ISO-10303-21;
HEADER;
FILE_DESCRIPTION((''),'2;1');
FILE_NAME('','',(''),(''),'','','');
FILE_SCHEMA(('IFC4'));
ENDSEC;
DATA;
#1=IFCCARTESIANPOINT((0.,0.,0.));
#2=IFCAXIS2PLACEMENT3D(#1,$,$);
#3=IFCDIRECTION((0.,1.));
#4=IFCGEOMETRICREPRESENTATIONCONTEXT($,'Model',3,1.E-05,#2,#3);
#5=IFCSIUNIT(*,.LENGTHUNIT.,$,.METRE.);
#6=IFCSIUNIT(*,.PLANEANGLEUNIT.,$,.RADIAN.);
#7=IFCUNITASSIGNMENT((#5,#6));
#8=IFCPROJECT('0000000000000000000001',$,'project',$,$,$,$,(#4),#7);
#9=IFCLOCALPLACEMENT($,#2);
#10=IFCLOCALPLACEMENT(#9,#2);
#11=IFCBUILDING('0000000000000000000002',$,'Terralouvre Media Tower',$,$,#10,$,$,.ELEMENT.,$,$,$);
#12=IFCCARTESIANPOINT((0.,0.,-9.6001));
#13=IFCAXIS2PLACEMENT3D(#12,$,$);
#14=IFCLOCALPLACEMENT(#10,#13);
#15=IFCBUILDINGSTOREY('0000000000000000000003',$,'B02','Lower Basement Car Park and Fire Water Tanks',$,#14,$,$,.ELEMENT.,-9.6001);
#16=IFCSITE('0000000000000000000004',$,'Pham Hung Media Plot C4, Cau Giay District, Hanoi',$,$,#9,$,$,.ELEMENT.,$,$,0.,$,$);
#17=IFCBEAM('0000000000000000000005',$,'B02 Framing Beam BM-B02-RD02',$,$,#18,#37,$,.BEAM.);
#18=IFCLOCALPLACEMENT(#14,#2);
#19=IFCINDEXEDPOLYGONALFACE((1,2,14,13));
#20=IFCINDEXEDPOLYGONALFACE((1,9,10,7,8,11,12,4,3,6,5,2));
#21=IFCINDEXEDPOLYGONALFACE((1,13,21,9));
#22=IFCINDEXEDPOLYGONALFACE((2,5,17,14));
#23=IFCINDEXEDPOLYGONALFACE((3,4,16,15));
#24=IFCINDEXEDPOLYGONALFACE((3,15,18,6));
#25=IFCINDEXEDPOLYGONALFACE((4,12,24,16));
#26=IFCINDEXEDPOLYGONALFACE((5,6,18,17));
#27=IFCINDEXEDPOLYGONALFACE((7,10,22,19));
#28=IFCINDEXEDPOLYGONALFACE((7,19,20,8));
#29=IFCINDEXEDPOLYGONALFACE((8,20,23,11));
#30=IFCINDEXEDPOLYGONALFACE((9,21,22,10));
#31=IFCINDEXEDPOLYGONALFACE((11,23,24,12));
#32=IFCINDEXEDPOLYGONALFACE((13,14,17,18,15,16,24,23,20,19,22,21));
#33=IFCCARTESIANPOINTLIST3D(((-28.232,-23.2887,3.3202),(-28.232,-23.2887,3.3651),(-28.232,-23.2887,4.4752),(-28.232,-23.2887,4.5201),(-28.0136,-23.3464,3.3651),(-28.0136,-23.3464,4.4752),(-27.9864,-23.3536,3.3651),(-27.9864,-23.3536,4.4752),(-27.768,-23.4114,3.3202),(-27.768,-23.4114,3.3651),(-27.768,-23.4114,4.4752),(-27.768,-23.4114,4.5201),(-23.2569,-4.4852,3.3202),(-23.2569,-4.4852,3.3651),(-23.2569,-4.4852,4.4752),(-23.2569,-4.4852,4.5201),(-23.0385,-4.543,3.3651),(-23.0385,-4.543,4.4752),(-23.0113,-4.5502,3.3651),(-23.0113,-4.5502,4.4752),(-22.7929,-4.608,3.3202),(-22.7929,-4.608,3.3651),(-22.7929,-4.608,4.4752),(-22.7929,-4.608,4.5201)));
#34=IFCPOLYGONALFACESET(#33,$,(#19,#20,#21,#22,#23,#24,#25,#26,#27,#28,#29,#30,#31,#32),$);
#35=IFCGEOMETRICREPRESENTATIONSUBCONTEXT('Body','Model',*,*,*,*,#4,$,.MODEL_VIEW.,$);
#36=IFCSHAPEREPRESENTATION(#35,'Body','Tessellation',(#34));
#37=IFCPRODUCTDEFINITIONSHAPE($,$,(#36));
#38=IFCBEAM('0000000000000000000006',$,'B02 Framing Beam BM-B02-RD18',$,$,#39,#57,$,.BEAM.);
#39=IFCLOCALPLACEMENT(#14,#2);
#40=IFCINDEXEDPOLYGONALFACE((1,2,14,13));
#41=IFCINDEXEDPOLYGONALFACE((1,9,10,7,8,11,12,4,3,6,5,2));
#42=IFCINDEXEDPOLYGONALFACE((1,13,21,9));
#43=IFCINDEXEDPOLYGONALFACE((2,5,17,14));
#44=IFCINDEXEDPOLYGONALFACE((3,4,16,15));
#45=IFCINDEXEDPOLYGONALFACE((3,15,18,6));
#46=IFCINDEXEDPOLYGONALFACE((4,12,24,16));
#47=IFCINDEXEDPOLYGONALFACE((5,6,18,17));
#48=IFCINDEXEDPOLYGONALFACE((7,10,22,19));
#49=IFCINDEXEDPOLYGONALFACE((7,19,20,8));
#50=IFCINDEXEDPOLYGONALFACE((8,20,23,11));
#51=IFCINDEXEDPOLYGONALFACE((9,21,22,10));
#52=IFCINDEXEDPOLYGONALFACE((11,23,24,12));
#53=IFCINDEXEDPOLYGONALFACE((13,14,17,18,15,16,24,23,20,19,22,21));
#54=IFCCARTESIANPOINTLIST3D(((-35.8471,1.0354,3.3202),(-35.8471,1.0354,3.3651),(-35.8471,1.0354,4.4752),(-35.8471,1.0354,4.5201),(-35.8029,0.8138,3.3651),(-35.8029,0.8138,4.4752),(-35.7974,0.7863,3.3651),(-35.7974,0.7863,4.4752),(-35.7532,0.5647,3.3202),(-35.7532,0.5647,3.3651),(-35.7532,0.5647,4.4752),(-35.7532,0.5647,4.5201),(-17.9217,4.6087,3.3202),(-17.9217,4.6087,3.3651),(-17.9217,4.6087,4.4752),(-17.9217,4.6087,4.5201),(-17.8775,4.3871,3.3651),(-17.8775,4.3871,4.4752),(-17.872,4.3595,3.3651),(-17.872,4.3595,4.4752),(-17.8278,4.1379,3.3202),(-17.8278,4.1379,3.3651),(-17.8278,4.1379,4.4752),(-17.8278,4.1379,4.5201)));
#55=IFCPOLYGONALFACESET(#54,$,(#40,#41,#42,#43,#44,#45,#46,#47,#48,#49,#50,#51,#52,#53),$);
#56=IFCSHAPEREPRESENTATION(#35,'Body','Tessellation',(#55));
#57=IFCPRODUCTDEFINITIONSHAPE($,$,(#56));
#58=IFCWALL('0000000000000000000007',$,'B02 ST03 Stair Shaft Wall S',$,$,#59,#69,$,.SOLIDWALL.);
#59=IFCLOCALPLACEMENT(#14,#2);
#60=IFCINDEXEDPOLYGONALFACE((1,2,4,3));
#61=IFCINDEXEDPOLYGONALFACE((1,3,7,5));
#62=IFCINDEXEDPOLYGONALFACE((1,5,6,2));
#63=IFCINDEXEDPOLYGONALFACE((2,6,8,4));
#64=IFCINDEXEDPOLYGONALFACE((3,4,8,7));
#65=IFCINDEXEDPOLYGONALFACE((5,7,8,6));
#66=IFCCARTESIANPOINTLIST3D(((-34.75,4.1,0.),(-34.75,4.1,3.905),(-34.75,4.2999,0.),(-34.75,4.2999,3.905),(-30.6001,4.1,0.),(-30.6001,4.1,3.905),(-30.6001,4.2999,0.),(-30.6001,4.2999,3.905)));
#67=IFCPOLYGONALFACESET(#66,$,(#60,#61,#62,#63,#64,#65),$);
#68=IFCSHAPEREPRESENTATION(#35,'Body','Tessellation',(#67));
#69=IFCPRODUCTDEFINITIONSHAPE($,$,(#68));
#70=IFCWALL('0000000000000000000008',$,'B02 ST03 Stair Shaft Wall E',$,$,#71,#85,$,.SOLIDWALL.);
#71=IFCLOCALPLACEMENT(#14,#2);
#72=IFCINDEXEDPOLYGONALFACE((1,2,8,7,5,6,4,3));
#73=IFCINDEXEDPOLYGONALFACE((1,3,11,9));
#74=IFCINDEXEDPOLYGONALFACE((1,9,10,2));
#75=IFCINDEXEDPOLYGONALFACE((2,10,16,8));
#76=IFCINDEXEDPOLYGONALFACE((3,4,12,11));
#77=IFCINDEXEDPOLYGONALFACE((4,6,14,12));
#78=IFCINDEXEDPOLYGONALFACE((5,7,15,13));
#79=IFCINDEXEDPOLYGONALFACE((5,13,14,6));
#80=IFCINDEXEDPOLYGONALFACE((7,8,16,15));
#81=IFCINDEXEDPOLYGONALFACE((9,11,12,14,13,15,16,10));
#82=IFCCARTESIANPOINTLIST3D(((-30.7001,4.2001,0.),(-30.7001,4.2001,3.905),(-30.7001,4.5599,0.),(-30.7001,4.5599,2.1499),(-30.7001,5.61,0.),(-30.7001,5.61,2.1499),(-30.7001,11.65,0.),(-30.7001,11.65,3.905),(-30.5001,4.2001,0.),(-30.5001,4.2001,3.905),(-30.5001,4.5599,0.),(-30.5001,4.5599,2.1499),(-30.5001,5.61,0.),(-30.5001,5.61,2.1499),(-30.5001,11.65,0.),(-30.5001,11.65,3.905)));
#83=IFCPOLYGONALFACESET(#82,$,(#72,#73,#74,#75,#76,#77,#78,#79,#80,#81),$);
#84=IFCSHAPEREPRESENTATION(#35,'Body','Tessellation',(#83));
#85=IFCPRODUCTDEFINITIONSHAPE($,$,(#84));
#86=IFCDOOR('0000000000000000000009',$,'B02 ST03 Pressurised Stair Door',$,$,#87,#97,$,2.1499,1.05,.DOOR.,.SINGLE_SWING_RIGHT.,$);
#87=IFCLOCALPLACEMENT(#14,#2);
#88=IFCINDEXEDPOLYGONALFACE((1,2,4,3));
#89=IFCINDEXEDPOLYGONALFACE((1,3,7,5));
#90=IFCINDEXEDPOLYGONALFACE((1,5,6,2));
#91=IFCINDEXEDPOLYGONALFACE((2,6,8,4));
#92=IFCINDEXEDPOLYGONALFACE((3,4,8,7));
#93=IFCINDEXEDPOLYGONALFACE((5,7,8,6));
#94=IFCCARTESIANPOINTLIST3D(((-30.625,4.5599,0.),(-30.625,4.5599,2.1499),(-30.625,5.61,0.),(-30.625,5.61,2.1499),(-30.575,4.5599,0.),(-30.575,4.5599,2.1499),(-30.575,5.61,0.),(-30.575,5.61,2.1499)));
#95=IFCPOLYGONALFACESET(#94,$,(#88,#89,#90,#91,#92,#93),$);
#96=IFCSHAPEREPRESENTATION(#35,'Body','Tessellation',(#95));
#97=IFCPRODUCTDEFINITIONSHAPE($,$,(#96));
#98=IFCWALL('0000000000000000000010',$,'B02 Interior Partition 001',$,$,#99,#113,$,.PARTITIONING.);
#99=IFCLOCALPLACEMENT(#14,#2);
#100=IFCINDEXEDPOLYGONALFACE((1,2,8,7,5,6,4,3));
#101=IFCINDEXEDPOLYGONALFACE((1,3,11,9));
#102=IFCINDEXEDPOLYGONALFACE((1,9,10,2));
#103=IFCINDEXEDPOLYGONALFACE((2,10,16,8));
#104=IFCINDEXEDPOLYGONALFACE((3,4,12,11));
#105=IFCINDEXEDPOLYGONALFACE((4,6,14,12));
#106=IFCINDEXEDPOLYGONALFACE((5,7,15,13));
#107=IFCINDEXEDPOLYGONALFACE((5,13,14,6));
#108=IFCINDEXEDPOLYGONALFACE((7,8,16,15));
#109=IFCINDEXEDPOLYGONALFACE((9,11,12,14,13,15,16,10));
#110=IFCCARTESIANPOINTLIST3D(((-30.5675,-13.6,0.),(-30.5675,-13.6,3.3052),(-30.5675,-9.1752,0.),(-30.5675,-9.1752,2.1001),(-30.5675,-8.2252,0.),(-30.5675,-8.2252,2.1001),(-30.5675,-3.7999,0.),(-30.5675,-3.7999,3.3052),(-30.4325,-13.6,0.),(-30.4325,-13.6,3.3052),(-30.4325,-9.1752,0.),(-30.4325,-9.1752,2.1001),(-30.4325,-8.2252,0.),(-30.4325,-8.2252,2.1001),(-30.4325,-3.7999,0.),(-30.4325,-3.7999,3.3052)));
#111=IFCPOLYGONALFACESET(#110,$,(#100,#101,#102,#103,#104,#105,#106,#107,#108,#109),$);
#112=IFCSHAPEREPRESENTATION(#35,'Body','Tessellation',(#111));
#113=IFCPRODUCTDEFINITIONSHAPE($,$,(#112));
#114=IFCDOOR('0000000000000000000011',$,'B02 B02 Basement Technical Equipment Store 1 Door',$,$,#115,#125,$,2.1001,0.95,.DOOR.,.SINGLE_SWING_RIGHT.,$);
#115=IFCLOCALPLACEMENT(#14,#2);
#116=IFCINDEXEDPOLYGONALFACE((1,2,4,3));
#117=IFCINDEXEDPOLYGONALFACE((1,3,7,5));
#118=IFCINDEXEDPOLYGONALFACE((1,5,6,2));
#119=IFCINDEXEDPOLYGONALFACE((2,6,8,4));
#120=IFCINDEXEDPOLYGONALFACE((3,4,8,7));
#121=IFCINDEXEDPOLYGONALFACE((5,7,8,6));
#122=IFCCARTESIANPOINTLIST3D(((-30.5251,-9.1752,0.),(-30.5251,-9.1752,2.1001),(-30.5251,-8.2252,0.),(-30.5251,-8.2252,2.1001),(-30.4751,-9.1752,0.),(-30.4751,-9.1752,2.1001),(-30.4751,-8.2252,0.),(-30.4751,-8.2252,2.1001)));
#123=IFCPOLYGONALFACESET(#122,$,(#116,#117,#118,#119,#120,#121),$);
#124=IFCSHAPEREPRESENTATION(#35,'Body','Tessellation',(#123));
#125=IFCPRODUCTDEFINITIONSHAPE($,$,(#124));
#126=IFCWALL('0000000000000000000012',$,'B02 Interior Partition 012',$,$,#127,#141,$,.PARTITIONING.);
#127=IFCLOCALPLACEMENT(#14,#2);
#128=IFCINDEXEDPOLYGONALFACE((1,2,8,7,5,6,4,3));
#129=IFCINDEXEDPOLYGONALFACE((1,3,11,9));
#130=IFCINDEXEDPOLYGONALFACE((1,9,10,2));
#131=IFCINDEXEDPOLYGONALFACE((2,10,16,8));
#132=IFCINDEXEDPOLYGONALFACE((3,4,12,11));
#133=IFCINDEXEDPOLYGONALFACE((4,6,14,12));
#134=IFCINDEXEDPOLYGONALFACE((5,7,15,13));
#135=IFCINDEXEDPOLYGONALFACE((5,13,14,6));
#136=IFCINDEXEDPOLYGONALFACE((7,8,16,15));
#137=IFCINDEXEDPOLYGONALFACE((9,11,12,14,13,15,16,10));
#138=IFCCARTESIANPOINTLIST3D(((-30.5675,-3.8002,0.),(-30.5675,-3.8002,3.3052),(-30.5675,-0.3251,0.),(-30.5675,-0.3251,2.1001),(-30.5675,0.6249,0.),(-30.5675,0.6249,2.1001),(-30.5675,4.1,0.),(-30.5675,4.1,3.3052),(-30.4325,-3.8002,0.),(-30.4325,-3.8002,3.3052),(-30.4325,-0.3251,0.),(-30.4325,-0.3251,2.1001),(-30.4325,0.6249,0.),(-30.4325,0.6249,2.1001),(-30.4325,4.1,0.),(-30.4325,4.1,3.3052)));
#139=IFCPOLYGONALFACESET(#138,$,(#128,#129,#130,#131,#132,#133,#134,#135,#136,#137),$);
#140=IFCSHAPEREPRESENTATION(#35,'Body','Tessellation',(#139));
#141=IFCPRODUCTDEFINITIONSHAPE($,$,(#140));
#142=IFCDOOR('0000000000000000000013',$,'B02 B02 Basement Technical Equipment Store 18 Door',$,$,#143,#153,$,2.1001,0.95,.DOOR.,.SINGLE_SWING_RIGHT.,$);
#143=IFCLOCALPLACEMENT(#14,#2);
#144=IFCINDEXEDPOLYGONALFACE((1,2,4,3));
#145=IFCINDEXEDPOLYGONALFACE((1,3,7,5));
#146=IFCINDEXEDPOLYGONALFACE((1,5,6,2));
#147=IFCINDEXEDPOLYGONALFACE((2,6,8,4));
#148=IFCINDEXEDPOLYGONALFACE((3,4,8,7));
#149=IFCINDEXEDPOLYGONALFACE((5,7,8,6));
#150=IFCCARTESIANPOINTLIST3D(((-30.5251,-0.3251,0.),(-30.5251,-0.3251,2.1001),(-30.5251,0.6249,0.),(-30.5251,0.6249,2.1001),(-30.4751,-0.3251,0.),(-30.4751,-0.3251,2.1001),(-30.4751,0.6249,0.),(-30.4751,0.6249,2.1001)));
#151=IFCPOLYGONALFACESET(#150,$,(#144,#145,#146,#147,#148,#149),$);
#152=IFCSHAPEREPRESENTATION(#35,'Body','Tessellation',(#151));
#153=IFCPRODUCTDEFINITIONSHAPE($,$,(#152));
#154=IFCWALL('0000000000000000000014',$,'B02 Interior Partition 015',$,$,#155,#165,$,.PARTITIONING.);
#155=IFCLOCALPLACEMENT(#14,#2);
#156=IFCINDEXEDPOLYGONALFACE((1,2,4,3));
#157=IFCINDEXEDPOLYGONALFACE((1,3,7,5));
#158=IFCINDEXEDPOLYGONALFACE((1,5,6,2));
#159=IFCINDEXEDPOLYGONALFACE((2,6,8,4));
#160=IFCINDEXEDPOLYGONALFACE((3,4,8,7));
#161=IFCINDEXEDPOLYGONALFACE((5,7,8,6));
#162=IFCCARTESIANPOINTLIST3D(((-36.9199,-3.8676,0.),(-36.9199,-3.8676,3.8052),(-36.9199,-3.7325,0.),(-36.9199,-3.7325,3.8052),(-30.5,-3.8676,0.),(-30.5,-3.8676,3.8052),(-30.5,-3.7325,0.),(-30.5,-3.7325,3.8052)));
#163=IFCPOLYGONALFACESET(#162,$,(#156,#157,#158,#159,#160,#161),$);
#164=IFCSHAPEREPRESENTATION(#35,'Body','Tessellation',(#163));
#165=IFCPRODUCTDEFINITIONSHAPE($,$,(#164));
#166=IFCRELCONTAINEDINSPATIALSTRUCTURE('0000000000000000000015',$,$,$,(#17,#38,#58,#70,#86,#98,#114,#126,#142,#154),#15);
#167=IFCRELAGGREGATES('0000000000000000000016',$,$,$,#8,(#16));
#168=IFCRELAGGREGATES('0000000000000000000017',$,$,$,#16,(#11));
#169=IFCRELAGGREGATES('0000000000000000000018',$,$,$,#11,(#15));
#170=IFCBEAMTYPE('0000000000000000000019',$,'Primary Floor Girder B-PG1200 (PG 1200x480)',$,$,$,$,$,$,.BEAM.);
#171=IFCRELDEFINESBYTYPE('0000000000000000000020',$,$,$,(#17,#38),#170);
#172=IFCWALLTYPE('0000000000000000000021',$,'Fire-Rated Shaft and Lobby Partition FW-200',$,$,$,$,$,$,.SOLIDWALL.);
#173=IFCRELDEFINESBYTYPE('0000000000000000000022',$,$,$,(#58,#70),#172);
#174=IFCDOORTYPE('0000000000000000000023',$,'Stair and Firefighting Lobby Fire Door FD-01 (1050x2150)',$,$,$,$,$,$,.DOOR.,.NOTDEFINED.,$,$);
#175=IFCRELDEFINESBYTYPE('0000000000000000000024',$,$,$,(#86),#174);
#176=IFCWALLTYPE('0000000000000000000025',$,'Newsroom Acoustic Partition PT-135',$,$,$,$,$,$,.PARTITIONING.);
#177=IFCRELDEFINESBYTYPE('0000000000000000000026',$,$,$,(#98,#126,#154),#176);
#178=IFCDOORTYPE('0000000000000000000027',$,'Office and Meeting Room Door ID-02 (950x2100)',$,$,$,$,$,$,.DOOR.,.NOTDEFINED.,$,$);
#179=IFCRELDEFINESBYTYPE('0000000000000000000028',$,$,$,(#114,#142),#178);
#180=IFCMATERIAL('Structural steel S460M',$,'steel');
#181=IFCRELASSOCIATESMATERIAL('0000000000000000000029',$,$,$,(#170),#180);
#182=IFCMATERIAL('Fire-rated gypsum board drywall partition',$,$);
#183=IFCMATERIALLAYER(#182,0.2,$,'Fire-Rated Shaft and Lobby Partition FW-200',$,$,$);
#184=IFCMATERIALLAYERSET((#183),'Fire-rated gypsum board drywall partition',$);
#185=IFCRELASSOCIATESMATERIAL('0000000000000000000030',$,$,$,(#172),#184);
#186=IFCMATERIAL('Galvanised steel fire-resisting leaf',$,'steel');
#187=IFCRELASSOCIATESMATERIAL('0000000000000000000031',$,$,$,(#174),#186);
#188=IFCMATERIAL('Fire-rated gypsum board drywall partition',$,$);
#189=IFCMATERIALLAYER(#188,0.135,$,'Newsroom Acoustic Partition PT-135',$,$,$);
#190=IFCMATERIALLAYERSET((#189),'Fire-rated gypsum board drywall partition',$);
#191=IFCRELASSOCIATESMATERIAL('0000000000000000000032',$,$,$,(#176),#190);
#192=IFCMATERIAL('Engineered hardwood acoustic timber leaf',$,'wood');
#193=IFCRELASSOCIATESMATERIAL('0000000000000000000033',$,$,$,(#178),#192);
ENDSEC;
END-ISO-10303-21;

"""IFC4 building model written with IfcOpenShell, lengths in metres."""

from ifc_helpers import new_model, si_unit, direction, frame, frame_2d, origin, origin_2d, place, context, subcontext, project, spatial, rectangle, i_section, extrude, material, layer, layer_set, material_profile, profile_set, type_object, element, fill, save


model = new_model("IFC4")

# Units and contexts
model_context = context("Model", 3, precision=1e-05, world=origin(), true_north=direction((0.0, 1.0)))
body_context = subcontext(model_context, "Body", "Model", "MODEL_VIEW")
ifc_project = project(units=[si_unit("LENGTHUNIT", "METRE"), si_unit("PLANEANGLEUNIT", "RADIAN")], contexts=[model_context])

# Site, building, storey
site_placement = place(None, origin())
site = spatial("IfcSite", under=ifc_project, at=site_placement, Name="Pham Hung Media Plot C4, Cau Giay District, Hanoi", CompositionType="ELEMENT", RefElevation=0.0)
building_placement = place(site_placement, origin())
building = spatial("IfcBuilding", under=site, at=building_placement, Name="Terralouvre Media Tower", CompositionType="ELEMENT")
storey_placement = place(building_placement, frame((0.0, 0.0, -9.6001)))
storey = spatial("IfcBuildingStorey", under=building, at=storey_placement, Name="B02", Description="Lower Basement Car Park and Fire Water Tanks", CompositionType="ELEMENT", Elevation=-9.6001)

# Beams
ifc_material_1 = material(Name="Structural steel S460M", Category="steel")
ifc_material_profile_1 = material_profile(ifc_material_1, i_section(OverallWidth=0.48, OverallDepth=1.2, WebThickness=0.0281, FlangeThickness=0.0449, at=origin_2d()), Name="PG 1200x480")
ifc_profile_set_1 = profile_set([ifc_material_profile_1], Name="Structural steel S460M")
beam_type_1 = type_object("IfcBeamType", Name="Primary Floor Girder B-PG1200 (PG 1200x480)", PredefinedType="BEAM", material=ifc_profile_set_1)
beam_1_placement = place(storey_placement, frame((-23.0249, -4.5466, 3.9202), z_axis=(-0.255783, -0.966734, 0.0), x_axis=(0.966734, -0.255783, 0.0)))
element("IfcBeam", 1, at=beam_1_placement, inside=storey, type_object=beam_type_1, Name="B02 Framing Beam BM-B02-RD02", PredefinedType="BEAM", context=body_context, shape_type="SweptSolid", body=[
    extrude(i_section(OverallWidth=0.48, OverallDepth=1.2, WebThickness=0.0281, FlangeThickness=0.0449, at=origin_2d()), origin(), (0.0, 0.0, 1.0), 19.4504),
])
beam_2_placement = place(storey_placement, frame((-17.8748, 4.3733, 3.9202), z_axis=(-0.980705, -0.195494, 0.0), x_axis=(0.195494, -0.980705, 0.0)))
element("IfcBeam", 2, at=beam_2_placement, inside=storey, type_object=beam_type_1, Name="B02 Framing Beam BM-B02-RD18", PredefinedType="BEAM", context=body_context, shape_type="SweptSolid", body=[
    extrude(i_section(OverallWidth=0.48, OverallDepth=1.2, WebThickness=0.0281, FlangeThickness=0.0449, at=origin_2d()), origin(), (0.0, 0.0, 1.0), 18.2781),
])

# Wall
ifc_material_2 = material(Name="Fire-rated gypsum board drywall partition")
ifc_layer_1 = layer(ifc_material_2, 0.2, Name="Fire-Rated Shaft and Lobby Partition FW-200")
ifc_layer_set_1 = layer_set([ifc_layer_1], Name="Fire-rated gypsum board drywall partition")
wall_type_1 = type_object("IfcWallType", Name="Fire-Rated Shaft and Lobby Partition FW-200", PredefinedType="SOLIDWALL", material=ifc_layer_set_1)
wall_1_placement = place(storey_placement, frame((-34.75, 4.2, 0.0), z_axis=(0.0, 0.0, 1.0), x_axis=(1.0, 0.0, 0.0)))
element("IfcWall", 3, at=wall_1_placement, inside=storey, type_object=wall_type_1, Name="B02 ST03 Stair Shaft Wall S", PredefinedType="SOLIDWALL", context=body_context, shape_type="SweptSolid", body=[
    extrude(rectangle(XDim=4.1499, YDim=0.2, at=frame_2d((2.075, 0.0))), origin(), (0.0, 0.0, 1.0), 3.905),
])

# Walls, openings, doors
wall_2_placement = place(storey_placement, frame((-30.6001, 4.2, 0.0), z_axis=(0.0, 0.0, 1.0), x_axis=(0.0, 1.0, 0.0)))
wall_2 = element("IfcWall", 4, at=wall_2_placement, inside=storey, type_object=wall_type_1, Name="B02 ST03 Stair Shaft Wall E", PredefinedType="SOLIDWALL", context=body_context, shape_type="SweptSolid", body=[
    extrude(rectangle(XDim=7.45, YDim=0.2, at=frame_2d((3.7251, 0.0))), origin(), (0.0, 0.0, 1.0), 3.905),
])
opening_1_placement = place(wall_2_placement, frame((0.3601, 0.0, 0.0)))
opening_1 = element("IfcOpeningElement", 5, at=opening_1_placement, cuts=wall_2, PredefinedType="OPENING", context=body_context, shape_type="SweptSolid", body=[
    extrude(rectangle(XDim=1.05, YDim=2.1499, at=frame_2d((0.5249, 1.075))), frame((0.0, 0.1099, 0.0), z_axis=(0.0, -1.0, 0.0), x_axis=(1.0, 0.0, 0.0)), (0.0, 0.0, 1.0), 0.22),
])
ifc_material_3 = material(Name="Galvanised steel fire-resisting leaf", Category="steel")
door_type_1 = type_object("IfcDoorType", Name="Stair and Firefighting Lobby Fire Door FD-01 (1050x2150)", OperationType="NOTDEFINED", PredefinedType="DOOR", material=ifc_material_3)
door_1_placement = place(opening_1_placement, origin())
door_1 = element("IfcDoor", 6, at=door_1_placement, inside=storey, type_object=door_type_1, Name="B02 ST03 Pressurised Stair Door", OperationType="SINGLE_SWING_RIGHT", OverallHeight=2.1499, OverallWidth=1.05, PredefinedType="DOOR", context=body_context, shape_type="SweptSolid", body=[
    extrude(rectangle(XDim=1.05, YDim=2.1499, at=frame_2d((0.5249, 1.075))), frame((0.0, 0.0249, 0.0), z_axis=(0.0, -1.0, 0.0), x_axis=(1.0, 0.0, 0.0)), (0.0, 0.0, 1.0), 0.05),
])
fill(opening_1, door_1)
ifc_material_4 = material(Name="Fire-rated gypsum board drywall partition")
ifc_layer_2 = layer(ifc_material_4, 0.135, Name="Newsroom Acoustic Partition PT-135")
ifc_layer_set_2 = layer_set([ifc_layer_2], Name="Fire-rated gypsum board drywall partition")
wall_type_2 = type_object("IfcWallType", Name="Newsroom Acoustic Partition PT-135", PredefinedType="PARTITIONING", material=ifc_layer_set_2)
wall_3_placement = place(storey_placement, frame((-30.5, -3.8, 0.0), z_axis=(0.0, 0.0, 1.0), x_axis=(0.0, -1.0, 0.0)))
wall_3 = element("IfcWall", 7, at=wall_3_placement, inside=storey, type_object=wall_type_2, Name="B02 Interior Partition 001", PredefinedType="PARTITIONING", context=body_context, shape_type="SweptSolid", body=[
    extrude(rectangle(XDim=9.8, YDim=0.135, at=frame_2d((4.8999, 0.0))), origin(), (0.0, 0.0, 1.0), 3.3052),
])
opening_2_placement = place(wall_3_placement, frame((4.425, 0.0, 0.0)))
opening_2 = element("IfcOpeningElement", 8, at=opening_2_placement, cuts=wall_3, PredefinedType="OPENING", context=body_context, shape_type="SweptSolid", body=[
    extrude(rectangle(XDim=0.95, YDim=2.1001, at=frame_2d((0.4751, 1.05))), frame((0.0, 0.0774, 0.0), z_axis=(0.0, -1.0, 0.0), x_axis=(1.0, 0.0, 0.0)), (0.0, 0.0, 1.0), 0.155),
])
ifc_material_5 = material(Name="Engineered hardwood acoustic timber leaf", Category="wood")
door_type_2 = type_object("IfcDoorType", Name="Office and Meeting Room Door ID-02 (950x2100)", OperationType="NOTDEFINED", PredefinedType="DOOR", material=ifc_material_5)
door_2_placement = place(opening_2_placement, origin())
door_2 = element("IfcDoor", 9, at=door_2_placement, inside=storey, type_object=door_type_2, Name="B02 B02 Basement Technical Equipment Store 1 Door", OperationType="SINGLE_SWING_RIGHT", OverallHeight=2.1001, OverallWidth=0.95, PredefinedType="DOOR", context=body_context, shape_type="SweptSolid", body=[
    extrude(rectangle(XDim=0.95, YDim=2.1001, at=frame_2d((0.4751, 1.05))), frame((0.0, 0.0249, 0.0), z_axis=(0.0, -1.0, 0.0), x_axis=(1.0, 0.0, 0.0)), (0.0, 0.0, 1.0), 0.05),
])
fill(opening_2, door_2)
wall_4_placement = place(storey_placement, frame((-30.5, 4.1001, 0.0), z_axis=(0.0, 0.0, 1.0), x_axis=(0.0, -1.0, 0.0)))
wall_4 = element("IfcWall", 10, at=wall_4_placement, inside=storey, type_object=wall_type_2, Name="B02 Interior Partition 012", PredefinedType="PARTITIONING", context=body_context, shape_type="SweptSolid", body=[
    extrude(rectangle(XDim=7.9001, YDim=0.135, at=frame_2d((3.9502, 0.0))), origin(), (0.0, 0.0, 1.0), 3.3052),
])
opening_3_placement = place(wall_4_placement, frame((3.4751, 0.0, 0.0)))
opening_3 = element("IfcOpeningElement", 11, at=opening_3_placement, cuts=wall_4, PredefinedType="OPENING", context=body_context, shape_type="SweptSolid", body=[
    extrude(rectangle(XDim=0.95, YDim=2.1001, at=frame_2d((0.4751, 1.05))), frame((0.0, 0.0774, 0.0), z_axis=(0.0, -1.0, 0.0), x_axis=(1.0, 0.0, 0.0)), (0.0, 0.0, 1.0), 0.155),
])
door_3_placement = place(opening_3_placement, origin())
door_3 = element("IfcDoor", 12, at=door_3_placement, inside=storey, type_object=door_type_2, Name="B02 B02 Basement Technical Equipment Store 18 Door", OperationType="SINGLE_SWING_RIGHT", OverallHeight=2.1001, OverallWidth=0.95, PredefinedType="DOOR", context=body_context, shape_type="SweptSolid", body=[
    extrude(rectangle(XDim=0.95, YDim=2.1001, at=frame_2d((0.4751, 1.05))), frame((0.0, 0.0249, 0.0), z_axis=(0.0, -1.0, 0.0), x_axis=(1.0, 0.0, 0.0)), (0.0, 0.0, 1.0), 0.05),
])
fill(opening_3, door_3)

# Wall
wall_5_placement = place(storey_placement, frame((-30.5, -3.8, 0.0), z_axis=(0.0, 0.0, 1.0), x_axis=(-1.0, 0.0, 0.0)))
element("IfcWall", 13, at=wall_5_placement, inside=storey, type_object=wall_type_2, Name="B02 Interior Partition 015", PredefinedType="PARTITIONING", context=body_context, shape_type="SweptSolid", body=[
    extrude(rectangle(XDim=6.4199, YDim=0.135, at=frame_2d((3.21, 0.0))), origin(), (0.0, 0.0, 1.0), 3.8052),
])

save(model, "model.ifc")
